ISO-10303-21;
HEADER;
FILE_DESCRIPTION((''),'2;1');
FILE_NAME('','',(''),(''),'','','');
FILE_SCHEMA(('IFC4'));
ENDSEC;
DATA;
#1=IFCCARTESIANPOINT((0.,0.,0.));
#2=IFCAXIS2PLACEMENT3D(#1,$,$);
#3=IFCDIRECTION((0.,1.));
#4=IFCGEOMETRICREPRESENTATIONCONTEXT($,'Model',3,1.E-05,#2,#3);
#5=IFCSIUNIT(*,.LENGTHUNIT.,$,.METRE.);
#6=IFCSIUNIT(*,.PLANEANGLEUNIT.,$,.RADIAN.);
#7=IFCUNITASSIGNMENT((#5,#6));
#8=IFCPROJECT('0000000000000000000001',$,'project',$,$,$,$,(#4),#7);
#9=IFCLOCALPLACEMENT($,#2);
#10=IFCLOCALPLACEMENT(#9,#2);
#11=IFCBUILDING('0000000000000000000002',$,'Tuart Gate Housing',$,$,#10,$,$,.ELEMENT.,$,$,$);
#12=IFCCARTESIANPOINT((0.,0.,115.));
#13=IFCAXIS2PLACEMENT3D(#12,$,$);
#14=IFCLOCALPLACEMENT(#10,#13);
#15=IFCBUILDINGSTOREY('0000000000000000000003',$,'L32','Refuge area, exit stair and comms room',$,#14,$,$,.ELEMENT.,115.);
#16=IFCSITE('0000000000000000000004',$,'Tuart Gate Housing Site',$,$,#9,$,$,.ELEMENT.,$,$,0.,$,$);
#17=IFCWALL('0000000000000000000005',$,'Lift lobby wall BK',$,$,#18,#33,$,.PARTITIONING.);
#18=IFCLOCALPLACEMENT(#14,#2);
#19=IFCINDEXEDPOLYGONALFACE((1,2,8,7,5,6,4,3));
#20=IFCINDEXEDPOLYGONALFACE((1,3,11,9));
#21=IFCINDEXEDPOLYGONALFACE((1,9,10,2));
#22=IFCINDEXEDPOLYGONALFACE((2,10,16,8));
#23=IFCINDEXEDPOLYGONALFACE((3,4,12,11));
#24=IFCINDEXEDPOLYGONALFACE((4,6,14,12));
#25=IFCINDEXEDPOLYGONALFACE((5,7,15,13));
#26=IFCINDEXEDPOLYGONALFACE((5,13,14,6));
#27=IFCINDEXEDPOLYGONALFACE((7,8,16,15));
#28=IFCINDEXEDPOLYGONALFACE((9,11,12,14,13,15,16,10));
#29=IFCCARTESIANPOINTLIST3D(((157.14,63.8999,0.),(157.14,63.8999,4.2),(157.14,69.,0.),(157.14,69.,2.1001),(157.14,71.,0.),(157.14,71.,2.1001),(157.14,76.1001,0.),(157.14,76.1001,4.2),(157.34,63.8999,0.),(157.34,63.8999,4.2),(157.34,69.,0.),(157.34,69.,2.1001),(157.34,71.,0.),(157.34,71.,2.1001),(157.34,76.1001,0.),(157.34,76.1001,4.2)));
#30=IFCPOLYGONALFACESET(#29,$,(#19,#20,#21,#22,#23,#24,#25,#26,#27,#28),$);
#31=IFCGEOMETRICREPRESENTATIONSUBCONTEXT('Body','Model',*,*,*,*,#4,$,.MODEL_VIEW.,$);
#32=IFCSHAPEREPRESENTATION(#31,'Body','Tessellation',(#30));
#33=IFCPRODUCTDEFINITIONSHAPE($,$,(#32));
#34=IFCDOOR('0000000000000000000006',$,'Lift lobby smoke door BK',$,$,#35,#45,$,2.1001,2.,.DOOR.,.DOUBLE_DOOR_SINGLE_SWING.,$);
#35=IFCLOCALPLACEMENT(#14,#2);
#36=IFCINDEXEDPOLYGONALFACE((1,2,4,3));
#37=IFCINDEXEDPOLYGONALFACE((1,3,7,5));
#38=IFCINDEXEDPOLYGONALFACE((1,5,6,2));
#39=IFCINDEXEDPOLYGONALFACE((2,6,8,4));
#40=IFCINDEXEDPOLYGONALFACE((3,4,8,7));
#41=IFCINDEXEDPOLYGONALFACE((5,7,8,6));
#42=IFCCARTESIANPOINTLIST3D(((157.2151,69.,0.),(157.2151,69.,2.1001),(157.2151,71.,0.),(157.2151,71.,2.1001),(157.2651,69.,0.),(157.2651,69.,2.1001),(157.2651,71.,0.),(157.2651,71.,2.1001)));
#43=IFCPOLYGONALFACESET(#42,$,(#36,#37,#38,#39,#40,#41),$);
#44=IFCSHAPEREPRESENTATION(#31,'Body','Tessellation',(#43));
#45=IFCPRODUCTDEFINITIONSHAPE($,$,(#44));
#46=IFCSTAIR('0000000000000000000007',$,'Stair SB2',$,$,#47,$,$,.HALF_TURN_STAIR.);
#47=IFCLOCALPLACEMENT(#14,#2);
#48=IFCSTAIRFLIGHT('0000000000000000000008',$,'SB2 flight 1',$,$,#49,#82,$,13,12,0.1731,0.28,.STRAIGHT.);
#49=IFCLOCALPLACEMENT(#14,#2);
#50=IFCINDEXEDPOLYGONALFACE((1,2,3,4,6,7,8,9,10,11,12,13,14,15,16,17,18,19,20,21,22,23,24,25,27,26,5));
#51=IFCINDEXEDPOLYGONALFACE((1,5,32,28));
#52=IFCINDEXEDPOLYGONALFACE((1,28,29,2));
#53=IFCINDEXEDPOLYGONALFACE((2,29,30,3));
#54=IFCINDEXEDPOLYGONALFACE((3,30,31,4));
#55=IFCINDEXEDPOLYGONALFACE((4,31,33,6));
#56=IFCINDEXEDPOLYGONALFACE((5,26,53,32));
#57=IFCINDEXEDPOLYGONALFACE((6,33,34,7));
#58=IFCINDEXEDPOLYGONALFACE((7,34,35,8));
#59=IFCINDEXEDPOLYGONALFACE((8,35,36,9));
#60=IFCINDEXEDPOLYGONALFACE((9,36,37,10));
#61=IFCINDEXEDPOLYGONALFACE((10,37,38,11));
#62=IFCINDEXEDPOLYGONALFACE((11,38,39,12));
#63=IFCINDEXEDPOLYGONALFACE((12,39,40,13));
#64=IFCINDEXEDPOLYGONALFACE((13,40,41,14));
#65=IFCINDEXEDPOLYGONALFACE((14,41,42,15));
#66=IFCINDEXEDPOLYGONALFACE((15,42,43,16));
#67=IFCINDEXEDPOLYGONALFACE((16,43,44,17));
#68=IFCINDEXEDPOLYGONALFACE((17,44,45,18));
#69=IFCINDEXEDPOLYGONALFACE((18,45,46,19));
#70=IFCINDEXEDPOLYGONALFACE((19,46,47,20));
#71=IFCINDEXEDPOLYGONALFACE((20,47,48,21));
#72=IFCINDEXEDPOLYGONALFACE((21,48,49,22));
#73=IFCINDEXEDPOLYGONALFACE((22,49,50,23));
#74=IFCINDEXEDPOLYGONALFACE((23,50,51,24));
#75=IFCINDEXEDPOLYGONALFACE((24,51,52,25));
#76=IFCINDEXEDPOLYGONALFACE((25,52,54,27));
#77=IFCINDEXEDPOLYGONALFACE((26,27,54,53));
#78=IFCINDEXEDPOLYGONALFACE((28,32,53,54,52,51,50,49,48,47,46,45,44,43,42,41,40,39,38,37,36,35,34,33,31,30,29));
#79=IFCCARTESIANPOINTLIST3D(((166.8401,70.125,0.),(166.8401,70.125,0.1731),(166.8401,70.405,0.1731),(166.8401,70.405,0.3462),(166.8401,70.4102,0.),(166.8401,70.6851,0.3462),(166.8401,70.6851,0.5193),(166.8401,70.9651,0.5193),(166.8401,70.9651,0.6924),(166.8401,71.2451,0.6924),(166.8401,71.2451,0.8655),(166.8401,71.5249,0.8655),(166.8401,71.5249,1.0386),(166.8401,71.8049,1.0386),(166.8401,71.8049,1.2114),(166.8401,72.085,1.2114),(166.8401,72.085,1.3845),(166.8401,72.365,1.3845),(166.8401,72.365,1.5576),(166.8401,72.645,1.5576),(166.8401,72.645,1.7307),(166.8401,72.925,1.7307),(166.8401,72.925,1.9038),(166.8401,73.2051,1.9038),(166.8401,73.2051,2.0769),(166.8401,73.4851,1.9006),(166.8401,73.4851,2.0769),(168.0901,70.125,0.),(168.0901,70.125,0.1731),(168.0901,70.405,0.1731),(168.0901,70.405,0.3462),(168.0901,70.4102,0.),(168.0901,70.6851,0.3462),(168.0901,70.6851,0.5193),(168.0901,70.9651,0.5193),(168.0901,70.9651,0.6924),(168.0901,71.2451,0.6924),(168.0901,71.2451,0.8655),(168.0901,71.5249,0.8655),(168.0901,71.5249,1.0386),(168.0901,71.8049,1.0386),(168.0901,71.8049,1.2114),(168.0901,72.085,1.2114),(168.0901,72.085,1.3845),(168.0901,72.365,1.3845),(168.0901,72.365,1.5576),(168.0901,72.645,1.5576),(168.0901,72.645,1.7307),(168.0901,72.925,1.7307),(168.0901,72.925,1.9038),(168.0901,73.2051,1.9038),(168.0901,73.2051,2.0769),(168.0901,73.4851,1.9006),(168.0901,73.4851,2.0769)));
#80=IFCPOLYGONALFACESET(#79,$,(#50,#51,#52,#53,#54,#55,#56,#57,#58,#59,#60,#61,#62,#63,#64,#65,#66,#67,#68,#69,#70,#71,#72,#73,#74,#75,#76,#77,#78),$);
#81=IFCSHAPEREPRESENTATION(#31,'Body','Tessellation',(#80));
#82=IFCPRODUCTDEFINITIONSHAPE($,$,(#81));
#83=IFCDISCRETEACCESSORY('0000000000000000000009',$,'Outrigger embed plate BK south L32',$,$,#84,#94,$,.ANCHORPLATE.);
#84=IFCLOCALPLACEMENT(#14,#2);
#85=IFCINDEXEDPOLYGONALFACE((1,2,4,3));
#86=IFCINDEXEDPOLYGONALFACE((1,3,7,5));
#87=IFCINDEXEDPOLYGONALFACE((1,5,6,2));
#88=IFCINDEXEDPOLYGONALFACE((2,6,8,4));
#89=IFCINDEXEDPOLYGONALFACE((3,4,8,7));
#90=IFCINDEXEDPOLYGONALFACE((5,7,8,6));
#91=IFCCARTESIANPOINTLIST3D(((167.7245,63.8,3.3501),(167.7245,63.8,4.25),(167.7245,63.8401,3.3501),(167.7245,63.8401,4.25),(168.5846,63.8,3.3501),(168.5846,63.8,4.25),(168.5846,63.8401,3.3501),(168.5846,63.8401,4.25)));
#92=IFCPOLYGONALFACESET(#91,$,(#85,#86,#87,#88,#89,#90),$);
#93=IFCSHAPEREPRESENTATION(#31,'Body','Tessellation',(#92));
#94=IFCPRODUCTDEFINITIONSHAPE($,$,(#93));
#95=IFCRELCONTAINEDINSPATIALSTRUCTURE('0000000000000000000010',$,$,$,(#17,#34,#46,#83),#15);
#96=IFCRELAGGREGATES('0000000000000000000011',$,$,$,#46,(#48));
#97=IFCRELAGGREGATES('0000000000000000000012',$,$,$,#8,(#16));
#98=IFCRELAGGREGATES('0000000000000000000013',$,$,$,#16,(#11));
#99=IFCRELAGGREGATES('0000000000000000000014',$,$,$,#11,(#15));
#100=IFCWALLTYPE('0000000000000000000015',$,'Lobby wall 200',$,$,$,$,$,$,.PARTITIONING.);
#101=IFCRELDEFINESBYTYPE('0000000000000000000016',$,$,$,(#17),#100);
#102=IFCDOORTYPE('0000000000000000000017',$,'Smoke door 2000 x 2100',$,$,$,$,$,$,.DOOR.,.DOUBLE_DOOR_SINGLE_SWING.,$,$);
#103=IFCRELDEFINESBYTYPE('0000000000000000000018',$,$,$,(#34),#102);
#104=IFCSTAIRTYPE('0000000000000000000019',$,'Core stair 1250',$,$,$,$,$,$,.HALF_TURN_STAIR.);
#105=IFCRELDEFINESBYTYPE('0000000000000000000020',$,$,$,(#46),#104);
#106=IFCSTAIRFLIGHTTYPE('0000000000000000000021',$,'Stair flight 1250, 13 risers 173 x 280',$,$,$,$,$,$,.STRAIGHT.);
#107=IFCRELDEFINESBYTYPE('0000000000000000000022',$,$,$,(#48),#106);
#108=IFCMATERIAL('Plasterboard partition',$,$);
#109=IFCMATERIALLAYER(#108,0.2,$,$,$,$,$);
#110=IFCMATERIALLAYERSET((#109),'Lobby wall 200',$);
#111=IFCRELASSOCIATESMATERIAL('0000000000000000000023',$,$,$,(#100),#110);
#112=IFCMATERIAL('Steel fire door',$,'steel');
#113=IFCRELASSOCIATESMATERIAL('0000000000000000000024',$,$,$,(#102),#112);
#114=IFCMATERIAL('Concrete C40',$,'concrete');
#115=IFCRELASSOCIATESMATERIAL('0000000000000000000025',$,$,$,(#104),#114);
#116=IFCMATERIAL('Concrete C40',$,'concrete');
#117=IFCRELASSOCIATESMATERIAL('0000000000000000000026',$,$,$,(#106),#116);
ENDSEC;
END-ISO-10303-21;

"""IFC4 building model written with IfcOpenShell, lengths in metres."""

from ifc_helpers import new_model, si_unit, direction, frame, frame_2d, origin, origin_2d, place, context, subcontext, project, spatial, polyline, rectangle, outline, extrude, material, layer, layer_set, type_object, element, fill, aggregate, save


model = new_model("IFC4")

# Units and contexts
model_context = context("Model", 3, precision=1e-05, world=origin(), true_north=direction((0.0, 1.0)))
body_context = subcontext(model_context, "Body", "Model", "MODEL_VIEW")
ifc_project = project(units=[si_unit("LENGTHUNIT", "METRE"), si_unit("PLANEANGLEUNIT", "RADIAN")], contexts=[model_context])

# Site, building, storey
site_placement = place(None, origin())
site = spatial("IfcSite", under=ifc_project, at=site_placement, Name="Tuart Gate Housing Site", CompositionType="ELEMENT", RefElevation=0.0)
building_placement = place(site_placement, origin())
building = spatial("IfcBuilding", under=site, at=building_placement, Name="Tuart Gate Housing", CompositionType="ELEMENT")
storey_placement = place(building_placement, frame((0.0, 0.0, 115.0)))
storey = spatial("IfcBuildingStorey", under=building, at=storey_placement, Name="L32", Description="Refuge area, exit stair and comms room", CompositionType="ELEMENT", Elevation=115.0)

# Wall, opening, door
ifc_material_1 = material(Name="Plasterboard partition")
ifc_layer_1 = layer(ifc_material_1, 0.2)
ifc_layer_set_1 = layer_set([ifc_layer_1], Name="Lobby wall 200")
wall_type_1 = type_object("IfcWallType", Name="Lobby wall 200", PredefinedType="PARTITIONING", material=ifc_layer_set_1)
wall_1_placement = place(storey_placement, frame((157.24, 63.8999, 0.0), z_axis=(0.0, 0.0, 1.0), x_axis=(0.0, 1.0, 0.0)))
wall_1 = element("IfcWall", 1, at=wall_1_placement, inside=storey, type_object=wall_type_1, Name="Lift lobby wall BK", PredefinedType="PARTITIONING", context=body_context, shape_type="SweptSolid", body=[
    extrude(rectangle(XDim=12.2002, YDim=0.2, at=frame_2d((6.1001, 0.0))), origin(), (0.0, 0.0, 1.0), 4.2),
])
opening_1_placement = place(wall_1_placement, frame((5.1001, 0.0, 0.0)))
opening_1 = element("IfcOpeningElement", 2, at=opening_1_placement, cuts=wall_1, PredefinedType="OPENING", context=body_context, shape_type="SweptSolid", body=[
    extrude(rectangle(XDim=2.0, YDim=2.1001, at=frame_2d((1.0, 1.05))), frame((0.0, 0.1099, 0.0), z_axis=(0.0, -1.0, 0.0), x_axis=(1.0, 0.0, 0.0)), (0.0, 0.0, 1.0), 0.22),
])
ifc_material_2 = material(Name="Steel fire door", Category="steel")
door_type_1 = type_object("IfcDoorType", Name="Smoke door 2000 x 2100", OperationType="DOUBLE_DOOR_SINGLE_SWING", PredefinedType="DOOR", material=ifc_material_2)
door_1_placement = place(opening_1_placement, frame((2.0, 0.0, 0.0), z_axis=(0.0, 0.0, 1.0), x_axis=(-1.0, 0.0, 0.0)))
door_1 = element("IfcDoor", 3, at=door_1_placement, inside=storey, type_object=door_type_1, Name="Lift lobby smoke door BK", OperationType="DOUBLE_DOOR_SINGLE_SWING", OverallHeight=2.1001, OverallWidth=2.0, PredefinedType="DOOR", context=body_context, shape_type="SweptSolid", body=[
    extrude(rectangle(XDim=2.0, YDim=2.1001, at=frame_2d((1.0, 1.05))), frame((0.0, 0.0251, 0.0), z_axis=(0.0, -1.0, 0.0), x_axis=(1.0, 0.0, 0.0)), (0.0, 0.0, 1.0), 0.05),
])
fill(opening_1, door_1)

# Stair, stair flight
ifc_material_3 = material(Name="Concrete C40", Category="concrete")
stair_type = type_object("IfcStairType", Name="Core stair 1250", PredefinedType="HALF_TURN_STAIR", material=ifc_material_3)
stair_placement = place(storey_placement, origin())
stair = element("IfcStair", 4, at=stair_placement, inside=storey, type_object=stair_type, Name="Stair SB2", PredefinedType="HALF_TURN_STAIR")
ifc_material_4 = material(Name="Concrete C40", Category="concrete")
stair_flight_type = type_object("IfcStairFlightType", Name="Stair flight 1250, 13 risers 173 x 280", PredefinedType="STRAIGHT", material=ifc_material_4)
stair_flight_placement = place(storey_placement, frame((167.4651, 70.125, 0.0), z_axis=(0.0, 0.0, 1.0), x_axis=(0.0, 1.0, 0.0)))
stair_flight = element("IfcStairFlight", 5, at=stair_flight_placement, type_object=stair_flight_type, Name="SB2 flight 1", NumberOfRisers=13, NumberOfTreads=12, PredefinedType="STRAIGHT", RiserHeight=0.1731, TreadLength=0.28, context=body_context, shape_type="SweptSolid", body=[
    extrude(outline(polyline([(0.0, 0.0), (0.0, 0.1731), (0.28, 0.1731), (0.28, 0.3462), (0.5601, 0.3462), (0.5601, 0.5193), (0.8401, 0.5193), (0.8401, 0.6924), (1.1201, 0.6924), (1.1201, 0.8655), (1.3999, 0.8655), (1.3999, 1.0386), (1.6799, 1.0386), (1.6799, 1.2114), (1.96, 1.2114), (1.96, 1.3845), (2.24, 1.3845), (2.24, 1.5576), (2.52, 1.5576), (2.52, 1.7307), (2.8, 1.7307), (2.8, 1.9038), (3.0801, 1.9038), (3.0801, 2.0769), (3.3601, 2.0769), (3.3601, 2.25), (3.3601, 1.9006), (0.2852, 0.0), (0.0, 0.0)])), frame((0.0, 0.625, 0.0), z_axis=(0.0, -1.0, 0.0), x_axis=(1.0, 0.0, 0.0)), (0.0, 0.0, 1.0), 1.25),
])
aggregate(stair, [stair_flight])

# Discrete accessory
discrete_accessory_placement = place(storey_placement, frame((168.1545, 63.8201, 3.3501), z_axis=(0.0, 0.0, 1.0), x_axis=(1.0, 0.0, 0.0)))
element("IfcDiscreteAccessory", 6, at=discrete_accessory_placement, inside=storey, Name="Outrigger embed plate BK south L32", PredefinedType="ANCHORPLATE", context=body_context, shape_type="SweptSolid", body=[
    extrude(rectangle(XDim=0.8601, YDim=0.04, at=origin_2d()), origin(), (0.0, 0.0, 1.0), 0.8999),
])

save(model, "model.ifc")
